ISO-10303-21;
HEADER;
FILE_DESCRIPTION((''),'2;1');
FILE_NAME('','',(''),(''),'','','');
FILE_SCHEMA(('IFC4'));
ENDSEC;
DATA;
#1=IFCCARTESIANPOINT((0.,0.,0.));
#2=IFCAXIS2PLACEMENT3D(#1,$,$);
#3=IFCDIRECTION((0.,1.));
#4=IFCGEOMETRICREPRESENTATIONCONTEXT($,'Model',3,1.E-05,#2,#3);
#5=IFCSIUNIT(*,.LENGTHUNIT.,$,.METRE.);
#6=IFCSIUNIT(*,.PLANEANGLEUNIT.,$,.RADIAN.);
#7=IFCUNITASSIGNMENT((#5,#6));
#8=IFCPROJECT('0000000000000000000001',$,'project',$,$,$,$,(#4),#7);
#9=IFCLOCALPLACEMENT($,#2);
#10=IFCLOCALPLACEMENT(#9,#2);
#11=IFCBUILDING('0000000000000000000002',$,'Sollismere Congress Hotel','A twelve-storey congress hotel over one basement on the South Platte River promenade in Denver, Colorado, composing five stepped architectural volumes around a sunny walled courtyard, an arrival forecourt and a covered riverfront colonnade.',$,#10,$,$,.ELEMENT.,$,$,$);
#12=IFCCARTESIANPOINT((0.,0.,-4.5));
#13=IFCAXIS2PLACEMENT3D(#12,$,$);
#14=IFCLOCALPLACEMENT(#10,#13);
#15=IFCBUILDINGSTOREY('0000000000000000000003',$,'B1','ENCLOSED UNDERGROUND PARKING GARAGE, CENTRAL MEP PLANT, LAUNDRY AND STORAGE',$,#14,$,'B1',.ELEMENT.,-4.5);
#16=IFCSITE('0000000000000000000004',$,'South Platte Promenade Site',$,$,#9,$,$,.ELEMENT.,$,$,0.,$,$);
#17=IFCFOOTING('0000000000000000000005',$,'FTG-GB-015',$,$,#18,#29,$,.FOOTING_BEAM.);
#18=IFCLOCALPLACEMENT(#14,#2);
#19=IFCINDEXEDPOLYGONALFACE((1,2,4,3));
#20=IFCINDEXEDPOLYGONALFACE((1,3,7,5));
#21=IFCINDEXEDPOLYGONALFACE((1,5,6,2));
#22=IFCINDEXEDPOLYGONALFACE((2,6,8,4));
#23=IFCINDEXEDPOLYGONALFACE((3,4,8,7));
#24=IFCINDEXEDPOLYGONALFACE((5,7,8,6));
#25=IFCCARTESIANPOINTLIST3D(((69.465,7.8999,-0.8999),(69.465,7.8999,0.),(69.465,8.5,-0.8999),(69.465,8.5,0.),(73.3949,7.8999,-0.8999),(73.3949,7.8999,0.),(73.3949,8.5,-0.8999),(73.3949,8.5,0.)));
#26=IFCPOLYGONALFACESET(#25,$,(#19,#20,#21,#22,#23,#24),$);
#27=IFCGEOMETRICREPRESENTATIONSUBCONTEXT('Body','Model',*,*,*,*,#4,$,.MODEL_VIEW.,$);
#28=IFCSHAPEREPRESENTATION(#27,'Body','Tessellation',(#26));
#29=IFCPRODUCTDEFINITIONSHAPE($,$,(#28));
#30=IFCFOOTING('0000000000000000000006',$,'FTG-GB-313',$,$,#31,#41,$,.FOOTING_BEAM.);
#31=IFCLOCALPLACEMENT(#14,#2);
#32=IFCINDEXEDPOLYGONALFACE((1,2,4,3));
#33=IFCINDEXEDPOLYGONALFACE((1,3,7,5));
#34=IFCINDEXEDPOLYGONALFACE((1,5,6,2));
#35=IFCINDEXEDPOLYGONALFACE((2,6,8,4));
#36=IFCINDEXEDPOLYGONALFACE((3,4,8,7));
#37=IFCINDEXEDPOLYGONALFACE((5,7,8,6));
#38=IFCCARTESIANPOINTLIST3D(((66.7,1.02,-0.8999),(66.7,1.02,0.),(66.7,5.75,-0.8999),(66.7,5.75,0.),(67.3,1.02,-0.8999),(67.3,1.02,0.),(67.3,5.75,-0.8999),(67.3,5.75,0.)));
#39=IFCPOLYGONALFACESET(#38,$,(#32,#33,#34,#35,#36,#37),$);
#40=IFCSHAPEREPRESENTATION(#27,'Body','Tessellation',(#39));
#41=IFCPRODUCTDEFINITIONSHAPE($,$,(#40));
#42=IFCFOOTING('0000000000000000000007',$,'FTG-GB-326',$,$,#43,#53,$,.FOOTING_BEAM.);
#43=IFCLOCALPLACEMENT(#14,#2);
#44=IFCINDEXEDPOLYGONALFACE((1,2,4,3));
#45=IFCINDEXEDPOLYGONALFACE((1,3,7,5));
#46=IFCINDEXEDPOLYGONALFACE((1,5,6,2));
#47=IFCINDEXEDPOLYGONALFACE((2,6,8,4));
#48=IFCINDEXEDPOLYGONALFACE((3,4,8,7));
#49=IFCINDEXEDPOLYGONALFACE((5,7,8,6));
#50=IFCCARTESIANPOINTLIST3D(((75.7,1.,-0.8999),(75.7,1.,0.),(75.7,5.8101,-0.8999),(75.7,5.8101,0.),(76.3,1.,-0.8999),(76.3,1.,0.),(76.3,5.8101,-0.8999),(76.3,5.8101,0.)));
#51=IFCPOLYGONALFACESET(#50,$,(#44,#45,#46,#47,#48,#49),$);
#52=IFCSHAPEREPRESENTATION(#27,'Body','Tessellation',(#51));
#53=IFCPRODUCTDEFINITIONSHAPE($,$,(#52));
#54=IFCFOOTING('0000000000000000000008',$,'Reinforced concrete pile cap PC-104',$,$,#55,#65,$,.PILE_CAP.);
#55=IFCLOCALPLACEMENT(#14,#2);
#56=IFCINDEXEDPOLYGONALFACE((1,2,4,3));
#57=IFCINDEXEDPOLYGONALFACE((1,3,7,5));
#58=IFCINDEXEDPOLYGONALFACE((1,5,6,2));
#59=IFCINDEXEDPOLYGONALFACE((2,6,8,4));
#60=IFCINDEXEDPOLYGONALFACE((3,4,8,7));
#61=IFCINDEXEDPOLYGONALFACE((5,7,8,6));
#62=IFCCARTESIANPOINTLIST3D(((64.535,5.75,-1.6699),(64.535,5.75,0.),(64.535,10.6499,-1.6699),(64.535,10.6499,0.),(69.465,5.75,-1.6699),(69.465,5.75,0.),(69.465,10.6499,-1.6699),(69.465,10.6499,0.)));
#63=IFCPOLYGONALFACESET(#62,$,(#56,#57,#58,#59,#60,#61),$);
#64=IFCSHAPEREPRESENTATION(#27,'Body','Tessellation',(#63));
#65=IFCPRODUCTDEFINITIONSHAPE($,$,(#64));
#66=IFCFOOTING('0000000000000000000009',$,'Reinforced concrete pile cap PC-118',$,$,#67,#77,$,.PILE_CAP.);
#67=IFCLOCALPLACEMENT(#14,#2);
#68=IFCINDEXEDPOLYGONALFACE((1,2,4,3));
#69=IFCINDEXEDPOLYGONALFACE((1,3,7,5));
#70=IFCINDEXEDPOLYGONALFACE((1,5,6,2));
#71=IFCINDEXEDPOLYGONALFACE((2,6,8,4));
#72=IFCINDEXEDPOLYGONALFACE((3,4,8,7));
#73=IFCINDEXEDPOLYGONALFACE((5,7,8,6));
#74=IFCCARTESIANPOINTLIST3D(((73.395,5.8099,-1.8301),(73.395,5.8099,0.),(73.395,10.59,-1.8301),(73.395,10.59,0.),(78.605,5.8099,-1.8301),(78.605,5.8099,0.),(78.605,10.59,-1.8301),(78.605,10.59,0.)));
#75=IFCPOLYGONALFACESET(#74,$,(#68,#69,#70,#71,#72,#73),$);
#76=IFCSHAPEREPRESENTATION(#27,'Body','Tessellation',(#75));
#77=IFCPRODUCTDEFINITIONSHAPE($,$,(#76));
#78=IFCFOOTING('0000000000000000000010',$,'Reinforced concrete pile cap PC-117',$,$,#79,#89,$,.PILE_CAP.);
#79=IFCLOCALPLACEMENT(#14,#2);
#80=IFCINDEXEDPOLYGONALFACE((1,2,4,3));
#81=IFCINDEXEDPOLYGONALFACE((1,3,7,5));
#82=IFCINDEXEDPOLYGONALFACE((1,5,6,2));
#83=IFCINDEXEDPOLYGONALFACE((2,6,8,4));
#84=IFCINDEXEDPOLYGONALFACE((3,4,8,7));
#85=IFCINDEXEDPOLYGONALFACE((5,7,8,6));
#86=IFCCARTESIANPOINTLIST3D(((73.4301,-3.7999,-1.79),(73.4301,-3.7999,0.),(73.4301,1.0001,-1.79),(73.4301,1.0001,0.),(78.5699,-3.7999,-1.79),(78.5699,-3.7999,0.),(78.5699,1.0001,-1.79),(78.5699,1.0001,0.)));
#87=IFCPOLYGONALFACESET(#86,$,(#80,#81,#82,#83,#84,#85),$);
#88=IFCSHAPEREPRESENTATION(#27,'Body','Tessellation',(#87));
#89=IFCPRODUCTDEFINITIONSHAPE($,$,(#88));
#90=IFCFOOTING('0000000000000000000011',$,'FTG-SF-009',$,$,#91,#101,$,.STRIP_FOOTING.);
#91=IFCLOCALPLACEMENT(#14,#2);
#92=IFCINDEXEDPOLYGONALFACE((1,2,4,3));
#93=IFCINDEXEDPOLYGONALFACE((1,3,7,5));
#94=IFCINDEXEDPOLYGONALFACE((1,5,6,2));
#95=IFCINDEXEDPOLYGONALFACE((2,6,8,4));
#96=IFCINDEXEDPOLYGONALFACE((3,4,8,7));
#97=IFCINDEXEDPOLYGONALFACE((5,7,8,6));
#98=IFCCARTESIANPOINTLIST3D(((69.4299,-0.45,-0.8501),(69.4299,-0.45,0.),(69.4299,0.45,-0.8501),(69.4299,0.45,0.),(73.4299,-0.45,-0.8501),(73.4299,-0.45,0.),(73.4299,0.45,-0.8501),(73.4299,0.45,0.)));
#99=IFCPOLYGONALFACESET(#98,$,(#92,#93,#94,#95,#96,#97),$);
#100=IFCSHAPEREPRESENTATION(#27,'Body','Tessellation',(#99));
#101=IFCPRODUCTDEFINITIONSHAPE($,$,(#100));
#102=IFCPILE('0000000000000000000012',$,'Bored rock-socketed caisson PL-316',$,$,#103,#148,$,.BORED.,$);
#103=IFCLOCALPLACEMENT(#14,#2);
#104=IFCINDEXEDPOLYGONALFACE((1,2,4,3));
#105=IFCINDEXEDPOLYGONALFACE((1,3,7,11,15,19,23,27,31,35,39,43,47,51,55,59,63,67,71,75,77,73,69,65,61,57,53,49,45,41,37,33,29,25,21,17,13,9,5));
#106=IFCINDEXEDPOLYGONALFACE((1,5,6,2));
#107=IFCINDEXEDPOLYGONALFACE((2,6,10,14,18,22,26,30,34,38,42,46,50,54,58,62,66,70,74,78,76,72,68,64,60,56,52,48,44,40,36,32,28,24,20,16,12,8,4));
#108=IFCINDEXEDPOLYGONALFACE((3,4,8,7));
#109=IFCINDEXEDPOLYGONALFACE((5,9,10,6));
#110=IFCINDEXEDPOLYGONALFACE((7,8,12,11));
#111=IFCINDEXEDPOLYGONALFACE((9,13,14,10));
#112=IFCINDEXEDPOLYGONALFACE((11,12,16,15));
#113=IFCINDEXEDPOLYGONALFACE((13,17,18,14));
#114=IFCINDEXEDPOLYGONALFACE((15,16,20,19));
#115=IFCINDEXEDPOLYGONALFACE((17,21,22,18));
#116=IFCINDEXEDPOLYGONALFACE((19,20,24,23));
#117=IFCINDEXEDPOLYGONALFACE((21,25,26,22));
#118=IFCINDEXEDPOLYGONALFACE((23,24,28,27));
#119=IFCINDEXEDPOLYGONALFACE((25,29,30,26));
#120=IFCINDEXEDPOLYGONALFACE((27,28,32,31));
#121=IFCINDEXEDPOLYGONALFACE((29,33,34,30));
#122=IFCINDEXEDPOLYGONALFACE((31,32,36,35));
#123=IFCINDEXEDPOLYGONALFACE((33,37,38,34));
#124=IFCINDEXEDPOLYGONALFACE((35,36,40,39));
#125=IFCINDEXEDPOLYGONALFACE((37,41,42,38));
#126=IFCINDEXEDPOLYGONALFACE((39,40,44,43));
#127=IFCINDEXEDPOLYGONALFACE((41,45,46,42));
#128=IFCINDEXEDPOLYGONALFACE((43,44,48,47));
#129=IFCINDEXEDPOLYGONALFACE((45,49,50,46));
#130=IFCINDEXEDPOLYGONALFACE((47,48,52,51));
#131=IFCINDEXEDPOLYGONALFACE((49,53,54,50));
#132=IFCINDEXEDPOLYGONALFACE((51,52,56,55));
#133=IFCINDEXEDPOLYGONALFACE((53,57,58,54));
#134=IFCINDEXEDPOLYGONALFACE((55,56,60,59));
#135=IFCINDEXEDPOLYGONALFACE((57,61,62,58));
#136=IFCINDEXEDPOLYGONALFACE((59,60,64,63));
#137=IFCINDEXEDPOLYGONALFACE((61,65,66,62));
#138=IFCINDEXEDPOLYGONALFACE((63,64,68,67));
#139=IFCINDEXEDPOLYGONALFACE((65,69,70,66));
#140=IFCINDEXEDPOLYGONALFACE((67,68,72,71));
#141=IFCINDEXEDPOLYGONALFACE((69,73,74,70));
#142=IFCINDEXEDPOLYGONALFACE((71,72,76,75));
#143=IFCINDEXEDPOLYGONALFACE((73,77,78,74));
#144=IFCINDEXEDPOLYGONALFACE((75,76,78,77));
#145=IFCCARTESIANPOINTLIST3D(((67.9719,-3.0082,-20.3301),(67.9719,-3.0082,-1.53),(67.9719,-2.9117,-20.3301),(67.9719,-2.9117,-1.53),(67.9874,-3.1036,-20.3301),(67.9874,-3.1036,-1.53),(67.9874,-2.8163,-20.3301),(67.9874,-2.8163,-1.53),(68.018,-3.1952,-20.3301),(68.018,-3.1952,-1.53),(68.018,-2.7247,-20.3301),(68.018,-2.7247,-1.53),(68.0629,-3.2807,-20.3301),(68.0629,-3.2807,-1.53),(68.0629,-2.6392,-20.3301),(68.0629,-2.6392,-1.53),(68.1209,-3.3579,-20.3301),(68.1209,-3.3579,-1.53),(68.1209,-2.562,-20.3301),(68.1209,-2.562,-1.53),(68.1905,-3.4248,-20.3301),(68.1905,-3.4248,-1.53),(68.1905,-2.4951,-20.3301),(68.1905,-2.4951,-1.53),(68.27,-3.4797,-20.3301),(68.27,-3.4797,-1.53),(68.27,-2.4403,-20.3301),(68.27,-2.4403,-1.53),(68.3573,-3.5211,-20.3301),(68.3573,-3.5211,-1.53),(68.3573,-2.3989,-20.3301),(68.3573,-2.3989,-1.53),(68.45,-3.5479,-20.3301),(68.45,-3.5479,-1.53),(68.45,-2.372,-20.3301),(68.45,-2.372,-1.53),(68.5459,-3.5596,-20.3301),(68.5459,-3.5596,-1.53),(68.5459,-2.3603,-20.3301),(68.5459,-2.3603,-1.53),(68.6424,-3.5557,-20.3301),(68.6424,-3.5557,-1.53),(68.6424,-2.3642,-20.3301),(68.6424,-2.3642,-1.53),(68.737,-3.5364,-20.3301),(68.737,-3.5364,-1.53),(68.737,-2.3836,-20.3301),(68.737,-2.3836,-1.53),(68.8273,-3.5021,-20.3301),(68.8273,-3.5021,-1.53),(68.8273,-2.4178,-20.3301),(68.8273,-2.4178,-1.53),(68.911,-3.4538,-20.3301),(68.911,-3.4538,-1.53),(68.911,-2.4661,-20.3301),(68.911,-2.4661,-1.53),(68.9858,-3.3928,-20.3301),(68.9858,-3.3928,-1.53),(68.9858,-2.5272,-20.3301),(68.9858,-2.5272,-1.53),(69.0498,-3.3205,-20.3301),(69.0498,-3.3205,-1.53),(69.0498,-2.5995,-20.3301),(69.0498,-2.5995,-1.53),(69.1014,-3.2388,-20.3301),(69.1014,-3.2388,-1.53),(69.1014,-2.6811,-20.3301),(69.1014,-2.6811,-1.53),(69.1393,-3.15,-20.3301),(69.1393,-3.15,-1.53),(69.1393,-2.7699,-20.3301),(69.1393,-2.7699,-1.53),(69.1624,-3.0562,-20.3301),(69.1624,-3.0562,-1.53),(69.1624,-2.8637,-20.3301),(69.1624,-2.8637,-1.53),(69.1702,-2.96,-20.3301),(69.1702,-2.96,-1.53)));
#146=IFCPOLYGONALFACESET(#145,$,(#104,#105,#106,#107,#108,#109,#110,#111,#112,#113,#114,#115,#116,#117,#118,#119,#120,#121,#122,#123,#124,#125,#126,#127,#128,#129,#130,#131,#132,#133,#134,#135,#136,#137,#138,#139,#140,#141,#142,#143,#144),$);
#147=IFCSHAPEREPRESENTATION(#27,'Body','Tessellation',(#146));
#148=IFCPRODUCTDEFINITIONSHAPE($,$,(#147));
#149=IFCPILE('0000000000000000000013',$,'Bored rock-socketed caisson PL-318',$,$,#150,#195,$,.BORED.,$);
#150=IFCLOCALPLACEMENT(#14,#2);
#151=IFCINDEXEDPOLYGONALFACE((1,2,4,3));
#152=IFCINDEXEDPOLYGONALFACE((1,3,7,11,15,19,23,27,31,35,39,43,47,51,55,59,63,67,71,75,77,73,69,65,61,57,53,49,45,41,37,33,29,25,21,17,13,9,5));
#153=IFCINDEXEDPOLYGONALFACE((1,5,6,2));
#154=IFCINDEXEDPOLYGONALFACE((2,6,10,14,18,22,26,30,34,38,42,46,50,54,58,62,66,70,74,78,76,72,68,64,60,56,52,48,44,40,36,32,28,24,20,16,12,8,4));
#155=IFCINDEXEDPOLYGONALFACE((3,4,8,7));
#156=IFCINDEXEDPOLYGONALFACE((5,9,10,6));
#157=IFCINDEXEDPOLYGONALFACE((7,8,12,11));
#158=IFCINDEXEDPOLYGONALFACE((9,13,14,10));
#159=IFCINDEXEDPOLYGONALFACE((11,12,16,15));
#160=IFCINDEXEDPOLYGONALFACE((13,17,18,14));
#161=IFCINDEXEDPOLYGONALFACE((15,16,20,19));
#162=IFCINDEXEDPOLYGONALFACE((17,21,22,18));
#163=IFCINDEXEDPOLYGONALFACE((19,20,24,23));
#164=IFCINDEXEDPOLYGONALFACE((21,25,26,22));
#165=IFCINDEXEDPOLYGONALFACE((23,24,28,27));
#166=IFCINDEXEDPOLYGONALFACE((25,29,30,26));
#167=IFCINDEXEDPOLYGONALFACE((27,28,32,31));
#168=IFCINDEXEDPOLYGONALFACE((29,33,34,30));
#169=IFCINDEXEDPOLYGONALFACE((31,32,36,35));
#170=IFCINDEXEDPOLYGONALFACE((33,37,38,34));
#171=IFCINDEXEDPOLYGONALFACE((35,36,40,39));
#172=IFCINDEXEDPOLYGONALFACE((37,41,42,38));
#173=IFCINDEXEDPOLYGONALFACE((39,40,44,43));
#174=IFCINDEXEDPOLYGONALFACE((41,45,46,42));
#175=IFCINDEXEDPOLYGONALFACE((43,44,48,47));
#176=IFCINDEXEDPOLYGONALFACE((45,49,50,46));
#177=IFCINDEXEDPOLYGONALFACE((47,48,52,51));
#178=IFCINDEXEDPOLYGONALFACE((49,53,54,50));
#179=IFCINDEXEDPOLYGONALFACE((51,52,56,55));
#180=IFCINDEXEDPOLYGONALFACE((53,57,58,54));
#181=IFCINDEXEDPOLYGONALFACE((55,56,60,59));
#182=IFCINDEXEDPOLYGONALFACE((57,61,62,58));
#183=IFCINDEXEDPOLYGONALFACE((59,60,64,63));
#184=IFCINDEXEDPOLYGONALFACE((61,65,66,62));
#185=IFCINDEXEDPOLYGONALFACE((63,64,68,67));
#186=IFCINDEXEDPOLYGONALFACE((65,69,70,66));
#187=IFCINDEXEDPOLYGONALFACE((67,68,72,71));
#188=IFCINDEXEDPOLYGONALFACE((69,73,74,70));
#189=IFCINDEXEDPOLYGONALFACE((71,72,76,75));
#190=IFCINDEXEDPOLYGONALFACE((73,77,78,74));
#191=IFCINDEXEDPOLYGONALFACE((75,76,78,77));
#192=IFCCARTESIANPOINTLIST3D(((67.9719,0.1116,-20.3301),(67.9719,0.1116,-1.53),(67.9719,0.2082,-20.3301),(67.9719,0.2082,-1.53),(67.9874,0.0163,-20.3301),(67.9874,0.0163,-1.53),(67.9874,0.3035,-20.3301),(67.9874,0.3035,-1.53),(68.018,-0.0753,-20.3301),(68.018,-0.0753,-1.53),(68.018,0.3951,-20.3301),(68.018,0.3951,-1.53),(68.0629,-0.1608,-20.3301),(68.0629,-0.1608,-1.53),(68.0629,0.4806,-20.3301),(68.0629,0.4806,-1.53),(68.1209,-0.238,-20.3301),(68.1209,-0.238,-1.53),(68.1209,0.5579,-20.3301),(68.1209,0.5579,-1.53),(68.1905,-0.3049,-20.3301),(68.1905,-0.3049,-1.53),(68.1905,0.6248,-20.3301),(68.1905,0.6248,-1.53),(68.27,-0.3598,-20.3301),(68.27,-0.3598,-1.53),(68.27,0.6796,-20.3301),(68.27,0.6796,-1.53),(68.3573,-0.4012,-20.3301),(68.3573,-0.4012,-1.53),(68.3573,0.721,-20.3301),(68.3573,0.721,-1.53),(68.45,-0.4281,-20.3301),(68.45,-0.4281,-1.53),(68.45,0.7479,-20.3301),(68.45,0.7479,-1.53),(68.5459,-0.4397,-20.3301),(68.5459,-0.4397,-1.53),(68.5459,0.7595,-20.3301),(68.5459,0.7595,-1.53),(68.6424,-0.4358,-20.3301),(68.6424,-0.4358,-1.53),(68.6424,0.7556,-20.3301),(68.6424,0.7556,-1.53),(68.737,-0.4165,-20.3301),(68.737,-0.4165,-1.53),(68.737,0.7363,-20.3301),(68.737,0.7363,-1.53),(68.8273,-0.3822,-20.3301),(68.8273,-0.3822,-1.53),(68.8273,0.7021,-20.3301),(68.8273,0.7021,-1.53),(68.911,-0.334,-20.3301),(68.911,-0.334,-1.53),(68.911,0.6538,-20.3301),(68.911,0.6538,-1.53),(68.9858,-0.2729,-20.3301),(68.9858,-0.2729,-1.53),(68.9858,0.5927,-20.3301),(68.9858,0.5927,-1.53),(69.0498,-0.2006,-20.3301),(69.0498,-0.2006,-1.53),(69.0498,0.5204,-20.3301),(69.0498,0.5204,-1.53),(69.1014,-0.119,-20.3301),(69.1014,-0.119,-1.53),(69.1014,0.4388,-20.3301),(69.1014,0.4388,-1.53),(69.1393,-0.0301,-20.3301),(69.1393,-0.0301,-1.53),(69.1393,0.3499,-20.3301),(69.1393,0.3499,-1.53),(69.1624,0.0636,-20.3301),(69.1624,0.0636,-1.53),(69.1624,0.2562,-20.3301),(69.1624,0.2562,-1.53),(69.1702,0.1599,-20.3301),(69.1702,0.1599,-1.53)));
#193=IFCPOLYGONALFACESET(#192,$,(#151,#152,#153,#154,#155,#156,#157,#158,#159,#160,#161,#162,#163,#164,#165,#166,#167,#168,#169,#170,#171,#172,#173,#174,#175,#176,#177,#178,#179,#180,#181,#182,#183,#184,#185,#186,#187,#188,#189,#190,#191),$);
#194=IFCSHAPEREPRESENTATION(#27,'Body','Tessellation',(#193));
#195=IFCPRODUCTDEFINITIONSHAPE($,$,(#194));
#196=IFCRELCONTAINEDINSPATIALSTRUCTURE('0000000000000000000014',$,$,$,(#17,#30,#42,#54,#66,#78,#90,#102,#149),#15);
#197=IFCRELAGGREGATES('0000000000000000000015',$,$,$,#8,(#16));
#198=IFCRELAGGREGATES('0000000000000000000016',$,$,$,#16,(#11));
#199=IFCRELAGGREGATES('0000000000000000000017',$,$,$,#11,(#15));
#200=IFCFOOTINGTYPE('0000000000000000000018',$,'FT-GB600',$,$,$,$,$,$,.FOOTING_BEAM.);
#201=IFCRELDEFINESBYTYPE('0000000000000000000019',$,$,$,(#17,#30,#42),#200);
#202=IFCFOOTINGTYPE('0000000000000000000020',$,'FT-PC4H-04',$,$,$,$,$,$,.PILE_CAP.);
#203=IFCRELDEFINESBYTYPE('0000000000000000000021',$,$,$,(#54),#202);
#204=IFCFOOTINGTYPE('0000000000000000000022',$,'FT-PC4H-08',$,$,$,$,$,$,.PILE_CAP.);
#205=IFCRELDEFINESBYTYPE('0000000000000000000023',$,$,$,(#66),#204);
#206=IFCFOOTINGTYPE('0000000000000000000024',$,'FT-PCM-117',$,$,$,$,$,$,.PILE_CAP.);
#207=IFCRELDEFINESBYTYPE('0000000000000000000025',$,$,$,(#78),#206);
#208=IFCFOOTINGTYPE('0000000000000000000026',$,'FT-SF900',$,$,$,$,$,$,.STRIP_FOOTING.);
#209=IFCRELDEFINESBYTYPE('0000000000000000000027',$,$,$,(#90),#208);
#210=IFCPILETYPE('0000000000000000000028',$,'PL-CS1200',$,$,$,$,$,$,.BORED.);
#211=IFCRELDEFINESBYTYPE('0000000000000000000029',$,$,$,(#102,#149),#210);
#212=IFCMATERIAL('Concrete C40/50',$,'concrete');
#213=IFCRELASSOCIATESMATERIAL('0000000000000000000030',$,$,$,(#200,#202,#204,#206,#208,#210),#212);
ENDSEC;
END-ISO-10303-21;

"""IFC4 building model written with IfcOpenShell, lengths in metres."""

from ifc_helpers import new_model, si_unit, direction, frame, origin, origin_2d, place, context, subcontext, project, spatial, rectangle, circle, extrude, material, material_profile, profile_set, type_object, element, save


model = new_model("IFC4")

# Units and contexts
model_context = context("Model", 3, precision=1e-05, world=origin(), true_north=direction((0.0, 1.0)))
body_context = subcontext(model_context, "Body", "Model", "MODEL_VIEW")
ifc_project = project(units=[si_unit("LENGTHUNIT", "METRE"), si_unit("PLANEANGLEUNIT", "RADIAN")], contexts=[model_context])

# Site, building, storey
site_placement = place(None, origin())
site = spatial("IfcSite", under=ifc_project, at=site_placement, Name="South Platte Promenade Site", CompositionType="ELEMENT", RefElevation=0.0)
building_placement = place(site_placement, origin())
building = spatial("IfcBuilding", under=site, at=building_placement, Name="Sollismere Congress Hotel", Description="A twelve-storey congress hotel over one basement on the South Platte River promenade in Denver, Colorado, composing five stepped architectural volumes around a sunny walled courtyard, an arrival forecourt and a covered riverfront colonnade.", CompositionType="ELEMENT")
storey_placement = place(building_placement, frame((0.0, 0.0, -4.5)))
storey = spatial("IfcBuildingStorey", under=building, at=storey_placement, Name="B1", Description="ENCLOSED UNDERGROUND PARKING GARAGE, CENTRAL MEP PLANT, LAUNDRY AND STORAGE", LongName="B1", CompositionType="ELEMENT", Elevation=-4.5)

# Footings
ifc_material_1 = material(Name="Concrete C40/50", Category="concrete")
footing_type_1 = type_object("IfcFootingType", Name="FT-GB600", PredefinedType="FOOTING_BEAM", material=ifc_material_1)
footing_1_placement = place(storey_placement, frame((71.4299, 8.2, -0.8999), z_axis=(0.0, 0.0, 1.0), x_axis=(1.0, 0.0, 0.0)))
element("IfcFooting", 1, at=footing_1_placement, inside=storey, type_object=footing_type_1, Name="FTG-GB-015", PredefinedType="FOOTING_BEAM", context=body_context, shape_type="SweptSolid", body=[
    extrude(rectangle(XDim=3.9299, YDim=0.6001, at=origin_2d()), origin(), (0.0, 0.0, 1.0), 0.8999),
])
footing_2_placement = place(storey_placement, frame((67.0, 3.385, -0.8999), z_axis=(0.0, 0.0, 1.0), x_axis=(0.0, 1.0, 0.0)))
element("IfcFooting", 2, at=footing_2_placement, inside=storey, type_object=footing_type_1, Name="FTG-GB-313", PredefinedType="FOOTING_BEAM", context=body_context, shape_type="SweptSolid", body=[
    extrude(rectangle(XDim=4.73, YDim=0.6001, at=origin_2d()), origin(), (0.0, 0.0, 1.0), 0.8999),
])
footing_3_placement = place(storey_placement, frame((76.0, 3.405, -0.8999), z_axis=(0.0, 0.0, 1.0), x_axis=(0.0, 1.0, 0.0)))
element("IfcFooting", 3, at=footing_3_placement, inside=storey, type_object=footing_type_1, Name="FTG-GB-326", PredefinedType="FOOTING_BEAM", context=body_context, shape_type="SweptSolid", body=[
    extrude(rectangle(XDim=4.8101, YDim=0.6001, at=origin_2d()), origin(), (0.0, 0.0, 1.0), 0.8999),
])
footing_type_2 = type_object("IfcFootingType", Name="FT-PC4H-04", PredefinedType="PILE_CAP", material=ifc_material_1)
footing_4_placement = place(storey_placement, frame((67.0, 8.2, -1.6699), z_axis=(0.0, 0.0, 1.0), x_axis=(1.0, 0.0, 0.0)))
element("IfcFooting", 4, at=footing_4_placement, inside=storey, type_object=footing_type_2, Name="Reinforced concrete pile cap PC-104", PredefinedType="PILE_CAP", context=body_context, shape_type="SweptSolid", body=[
    extrude(rectangle(XDim=4.9299, YDim=4.8999, at=origin_2d()), origin(), (0.0, 0.0, 1.0), 1.6699),
])
footing_type_3 = type_object("IfcFootingType", Name="FT-PC4H-08", PredefinedType="PILE_CAP", material=ifc_material_1)
footing_5_placement = place(storey_placement, frame((76.0, 8.2, -1.8301), z_axis=(0.0, 0.0, 1.0), x_axis=(1.0, 0.0, 0.0)))
element("IfcFooting", 5, at=footing_5_placement, inside=storey, type_object=footing_type_3, Name="Reinforced concrete pile cap PC-118", PredefinedType="PILE_CAP", context=body_context, shape_type="SweptSolid", body=[
    extrude(rectangle(XDim=5.21, YDim=4.78, at=origin_2d()), origin(), (0.0, 0.0, 1.0), 1.8301),
])
footing_type_4 = type_object("IfcFootingType", Name="FT-PCM-117", PredefinedType="PILE_CAP", material=ifc_material_1)
footing_6_placement = place(storey_placement, frame((76.0, -1.3999, -1.79), z_axis=(0.0, 0.0, 1.0), x_axis=(1.0, 0.0, 0.0)))
element("IfcFooting", 6, at=footing_6_placement, inside=storey, type_object=footing_type_4, Name="Reinforced concrete pile cap PC-117", PredefinedType="PILE_CAP", context=body_context, shape_type="SweptSolid", body=[
    extrude(rectangle(XDim=5.1399, YDim=4.8, at=origin_2d()), origin(), (0.0, 0.0, 1.0), 1.79),
])
footing_type_5 = type_object("IfcFootingType", Name="FT-SF900", PredefinedType="STRIP_FOOTING", material=ifc_material_1)
footing_7_placement = place(storey_placement, frame((71.4299, 0.0, -0.8501), z_axis=(0.0, 0.0, 1.0), x_axis=(1.0, 0.0, 0.0)))
element("IfcFooting", 7, at=footing_7_placement, inside=storey, type_object=footing_type_5, Name="FTG-SF-009", PredefinedType="STRIP_FOOTING", context=body_context, shape_type="SweptSolid", body=[
    extrude(rectangle(XDim=4.0, YDim=0.8999, at=origin_2d()), origin(), (0.0, 0.0, 1.0), 0.8501),
])

# Piles
ifc_material_profile_1 = material_profile(ifc_material_1, circle(Radius=0.6001, at=origin_2d()), Name="CAISSON1200")
ifc_profile_set_1 = profile_set([ifc_material_profile_1], Name="Concrete C40/50")
pile_type = type_object("IfcPileType", Name="PL-CS1200", PredefinedType="BORED", material=ifc_profile_set_1)
for number, where, z_axis, x_axis, name in (
    (8, (68.5701, -2.96, -1.53), (0.0, 0.0, -1.0), (1.0, 0.0, 0.0), "Bored rock-socketed caisson PL-316"),
    (9, (68.5701, 0.1599, -1.53), (0.0, 0.0, -1.0), (1.0, 0.0, 0.0), "Bored rock-socketed caisson PL-318"),
):
    element("IfcPile", number, at=place(storey_placement, frame(where, z_axis=z_axis, x_axis=x_axis)), inside=storey, type_object=pile_type, Name=name, PredefinedType="BORED", context=body_context, shape_type="SweptSolid", body=[
        extrude(circle(Radius=0.6001, at=origin_2d()), origin(), (0.0, 0.0, 1.0), 18.8),
    ])

save(model, "model.ifc")
